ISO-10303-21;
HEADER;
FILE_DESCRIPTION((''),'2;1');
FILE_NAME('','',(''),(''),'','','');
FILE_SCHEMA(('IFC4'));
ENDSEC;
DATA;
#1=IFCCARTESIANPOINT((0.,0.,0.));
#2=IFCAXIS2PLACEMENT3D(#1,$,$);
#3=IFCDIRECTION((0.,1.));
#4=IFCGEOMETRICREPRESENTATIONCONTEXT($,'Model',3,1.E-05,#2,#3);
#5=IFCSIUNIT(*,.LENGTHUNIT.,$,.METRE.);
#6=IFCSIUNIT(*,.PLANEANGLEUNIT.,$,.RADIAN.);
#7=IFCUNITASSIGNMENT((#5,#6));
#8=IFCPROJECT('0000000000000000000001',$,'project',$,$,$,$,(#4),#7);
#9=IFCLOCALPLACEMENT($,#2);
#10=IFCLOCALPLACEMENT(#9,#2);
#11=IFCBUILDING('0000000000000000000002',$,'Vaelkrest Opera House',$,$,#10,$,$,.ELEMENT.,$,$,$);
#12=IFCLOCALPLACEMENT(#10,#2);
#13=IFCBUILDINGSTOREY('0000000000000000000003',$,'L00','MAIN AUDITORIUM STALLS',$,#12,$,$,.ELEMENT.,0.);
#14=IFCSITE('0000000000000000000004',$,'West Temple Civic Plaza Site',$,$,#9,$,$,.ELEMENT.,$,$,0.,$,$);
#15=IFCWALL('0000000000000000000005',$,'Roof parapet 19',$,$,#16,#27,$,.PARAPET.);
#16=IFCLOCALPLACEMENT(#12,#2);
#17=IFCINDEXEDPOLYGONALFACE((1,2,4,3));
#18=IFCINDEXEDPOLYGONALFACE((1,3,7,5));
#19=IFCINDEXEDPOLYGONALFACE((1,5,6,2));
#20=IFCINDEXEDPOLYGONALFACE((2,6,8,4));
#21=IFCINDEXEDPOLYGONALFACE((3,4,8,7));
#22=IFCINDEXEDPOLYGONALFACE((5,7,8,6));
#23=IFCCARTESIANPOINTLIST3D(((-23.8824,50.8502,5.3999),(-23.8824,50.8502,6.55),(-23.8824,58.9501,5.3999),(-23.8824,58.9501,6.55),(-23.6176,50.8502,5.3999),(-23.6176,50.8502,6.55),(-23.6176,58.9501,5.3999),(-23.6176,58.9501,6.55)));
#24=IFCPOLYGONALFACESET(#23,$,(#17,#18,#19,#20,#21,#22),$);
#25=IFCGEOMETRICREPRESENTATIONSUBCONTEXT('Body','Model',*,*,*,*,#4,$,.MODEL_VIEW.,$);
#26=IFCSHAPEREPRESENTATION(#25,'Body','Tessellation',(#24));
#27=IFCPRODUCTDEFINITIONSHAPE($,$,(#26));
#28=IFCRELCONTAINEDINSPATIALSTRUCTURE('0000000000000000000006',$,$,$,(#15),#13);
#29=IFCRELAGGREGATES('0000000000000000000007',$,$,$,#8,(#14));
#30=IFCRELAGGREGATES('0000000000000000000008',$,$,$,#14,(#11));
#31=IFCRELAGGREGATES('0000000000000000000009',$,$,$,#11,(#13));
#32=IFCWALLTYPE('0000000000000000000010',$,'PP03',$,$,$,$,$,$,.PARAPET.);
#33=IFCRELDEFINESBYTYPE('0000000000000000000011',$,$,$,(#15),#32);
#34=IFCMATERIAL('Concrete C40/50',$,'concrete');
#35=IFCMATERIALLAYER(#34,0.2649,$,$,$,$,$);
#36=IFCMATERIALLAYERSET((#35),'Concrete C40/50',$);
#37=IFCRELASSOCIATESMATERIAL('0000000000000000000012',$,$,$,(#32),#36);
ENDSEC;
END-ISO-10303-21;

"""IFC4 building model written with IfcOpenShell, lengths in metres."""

from ifc_helpers import new_model, si_unit, direction, frame, frame_2d, origin, place, context, subcontext, project, spatial, rectangle, extrude, material, layer, layer_set, type_object, element, save


model = new_model("IFC4")

# Units and contexts
model_context = context("Model", 3, precision=1e-05, world=origin(), true_north=direction((0.0, 1.0)))
body_context = subcontext(model_context, "Body", "Model", "MODEL_VIEW")
ifc_project = project(units=[si_unit("LENGTHUNIT", "METRE"), si_unit("PLANEANGLEUNIT", "RADIAN")], contexts=[model_context])

# Site, building, storey
site_placement = place(None, origin())
site = spatial("IfcSite", under=ifc_project, at=site_placement, Name="West Temple Civic Plaza Site", CompositionType="ELEMENT", RefElevation=0.0)
building_placement = place(site_placement, origin())
building = spatial("IfcBuilding", under=site, at=building_placement, Name="Vaelkrest Opera House", CompositionType="ELEMENT")
storey_placement = place(building_placement, origin())
storey = spatial("IfcBuildingStorey", under=building, at=storey_placement, Name="L00", Description="MAIN AUDITORIUM STALLS", CompositionType="ELEMENT", Elevation=0.0)

# Wall
ifc_material_1 = material(Name="Concrete C40/50", Category="concrete")
ifc_layer_1 = layer(ifc_material_1, 0.2649)
ifc_layer_set_1 = layer_set([ifc_layer_1], Name="Concrete C40/50")
wall_type_1 = type_object("IfcWallType", Name="PP03", PredefinedType="PARAPET", material=ifc_layer_set_1)
wall_1_placement = place(storey_placement, frame((-23.75, 58.95, 5.3999), z_axis=(0.0, 0.0, 1.0), x_axis=(0.0, -1.0, 0.0)))
element("IfcWall", 1, at=wall_1_placement, inside=storey, type_object=wall_type_1, Name="Roof parapet 19", PredefinedType="PARAPET", context=body_context, shape_type="SweptSolid", body=[
    extrude(rectangle(XDim=8.0999, YDim=0.2649, at=frame_2d((4.0498, 0.0))), origin(), (0.0, 0.0, 1.0), 1.1501),
])

save(model, "model.ifc")
